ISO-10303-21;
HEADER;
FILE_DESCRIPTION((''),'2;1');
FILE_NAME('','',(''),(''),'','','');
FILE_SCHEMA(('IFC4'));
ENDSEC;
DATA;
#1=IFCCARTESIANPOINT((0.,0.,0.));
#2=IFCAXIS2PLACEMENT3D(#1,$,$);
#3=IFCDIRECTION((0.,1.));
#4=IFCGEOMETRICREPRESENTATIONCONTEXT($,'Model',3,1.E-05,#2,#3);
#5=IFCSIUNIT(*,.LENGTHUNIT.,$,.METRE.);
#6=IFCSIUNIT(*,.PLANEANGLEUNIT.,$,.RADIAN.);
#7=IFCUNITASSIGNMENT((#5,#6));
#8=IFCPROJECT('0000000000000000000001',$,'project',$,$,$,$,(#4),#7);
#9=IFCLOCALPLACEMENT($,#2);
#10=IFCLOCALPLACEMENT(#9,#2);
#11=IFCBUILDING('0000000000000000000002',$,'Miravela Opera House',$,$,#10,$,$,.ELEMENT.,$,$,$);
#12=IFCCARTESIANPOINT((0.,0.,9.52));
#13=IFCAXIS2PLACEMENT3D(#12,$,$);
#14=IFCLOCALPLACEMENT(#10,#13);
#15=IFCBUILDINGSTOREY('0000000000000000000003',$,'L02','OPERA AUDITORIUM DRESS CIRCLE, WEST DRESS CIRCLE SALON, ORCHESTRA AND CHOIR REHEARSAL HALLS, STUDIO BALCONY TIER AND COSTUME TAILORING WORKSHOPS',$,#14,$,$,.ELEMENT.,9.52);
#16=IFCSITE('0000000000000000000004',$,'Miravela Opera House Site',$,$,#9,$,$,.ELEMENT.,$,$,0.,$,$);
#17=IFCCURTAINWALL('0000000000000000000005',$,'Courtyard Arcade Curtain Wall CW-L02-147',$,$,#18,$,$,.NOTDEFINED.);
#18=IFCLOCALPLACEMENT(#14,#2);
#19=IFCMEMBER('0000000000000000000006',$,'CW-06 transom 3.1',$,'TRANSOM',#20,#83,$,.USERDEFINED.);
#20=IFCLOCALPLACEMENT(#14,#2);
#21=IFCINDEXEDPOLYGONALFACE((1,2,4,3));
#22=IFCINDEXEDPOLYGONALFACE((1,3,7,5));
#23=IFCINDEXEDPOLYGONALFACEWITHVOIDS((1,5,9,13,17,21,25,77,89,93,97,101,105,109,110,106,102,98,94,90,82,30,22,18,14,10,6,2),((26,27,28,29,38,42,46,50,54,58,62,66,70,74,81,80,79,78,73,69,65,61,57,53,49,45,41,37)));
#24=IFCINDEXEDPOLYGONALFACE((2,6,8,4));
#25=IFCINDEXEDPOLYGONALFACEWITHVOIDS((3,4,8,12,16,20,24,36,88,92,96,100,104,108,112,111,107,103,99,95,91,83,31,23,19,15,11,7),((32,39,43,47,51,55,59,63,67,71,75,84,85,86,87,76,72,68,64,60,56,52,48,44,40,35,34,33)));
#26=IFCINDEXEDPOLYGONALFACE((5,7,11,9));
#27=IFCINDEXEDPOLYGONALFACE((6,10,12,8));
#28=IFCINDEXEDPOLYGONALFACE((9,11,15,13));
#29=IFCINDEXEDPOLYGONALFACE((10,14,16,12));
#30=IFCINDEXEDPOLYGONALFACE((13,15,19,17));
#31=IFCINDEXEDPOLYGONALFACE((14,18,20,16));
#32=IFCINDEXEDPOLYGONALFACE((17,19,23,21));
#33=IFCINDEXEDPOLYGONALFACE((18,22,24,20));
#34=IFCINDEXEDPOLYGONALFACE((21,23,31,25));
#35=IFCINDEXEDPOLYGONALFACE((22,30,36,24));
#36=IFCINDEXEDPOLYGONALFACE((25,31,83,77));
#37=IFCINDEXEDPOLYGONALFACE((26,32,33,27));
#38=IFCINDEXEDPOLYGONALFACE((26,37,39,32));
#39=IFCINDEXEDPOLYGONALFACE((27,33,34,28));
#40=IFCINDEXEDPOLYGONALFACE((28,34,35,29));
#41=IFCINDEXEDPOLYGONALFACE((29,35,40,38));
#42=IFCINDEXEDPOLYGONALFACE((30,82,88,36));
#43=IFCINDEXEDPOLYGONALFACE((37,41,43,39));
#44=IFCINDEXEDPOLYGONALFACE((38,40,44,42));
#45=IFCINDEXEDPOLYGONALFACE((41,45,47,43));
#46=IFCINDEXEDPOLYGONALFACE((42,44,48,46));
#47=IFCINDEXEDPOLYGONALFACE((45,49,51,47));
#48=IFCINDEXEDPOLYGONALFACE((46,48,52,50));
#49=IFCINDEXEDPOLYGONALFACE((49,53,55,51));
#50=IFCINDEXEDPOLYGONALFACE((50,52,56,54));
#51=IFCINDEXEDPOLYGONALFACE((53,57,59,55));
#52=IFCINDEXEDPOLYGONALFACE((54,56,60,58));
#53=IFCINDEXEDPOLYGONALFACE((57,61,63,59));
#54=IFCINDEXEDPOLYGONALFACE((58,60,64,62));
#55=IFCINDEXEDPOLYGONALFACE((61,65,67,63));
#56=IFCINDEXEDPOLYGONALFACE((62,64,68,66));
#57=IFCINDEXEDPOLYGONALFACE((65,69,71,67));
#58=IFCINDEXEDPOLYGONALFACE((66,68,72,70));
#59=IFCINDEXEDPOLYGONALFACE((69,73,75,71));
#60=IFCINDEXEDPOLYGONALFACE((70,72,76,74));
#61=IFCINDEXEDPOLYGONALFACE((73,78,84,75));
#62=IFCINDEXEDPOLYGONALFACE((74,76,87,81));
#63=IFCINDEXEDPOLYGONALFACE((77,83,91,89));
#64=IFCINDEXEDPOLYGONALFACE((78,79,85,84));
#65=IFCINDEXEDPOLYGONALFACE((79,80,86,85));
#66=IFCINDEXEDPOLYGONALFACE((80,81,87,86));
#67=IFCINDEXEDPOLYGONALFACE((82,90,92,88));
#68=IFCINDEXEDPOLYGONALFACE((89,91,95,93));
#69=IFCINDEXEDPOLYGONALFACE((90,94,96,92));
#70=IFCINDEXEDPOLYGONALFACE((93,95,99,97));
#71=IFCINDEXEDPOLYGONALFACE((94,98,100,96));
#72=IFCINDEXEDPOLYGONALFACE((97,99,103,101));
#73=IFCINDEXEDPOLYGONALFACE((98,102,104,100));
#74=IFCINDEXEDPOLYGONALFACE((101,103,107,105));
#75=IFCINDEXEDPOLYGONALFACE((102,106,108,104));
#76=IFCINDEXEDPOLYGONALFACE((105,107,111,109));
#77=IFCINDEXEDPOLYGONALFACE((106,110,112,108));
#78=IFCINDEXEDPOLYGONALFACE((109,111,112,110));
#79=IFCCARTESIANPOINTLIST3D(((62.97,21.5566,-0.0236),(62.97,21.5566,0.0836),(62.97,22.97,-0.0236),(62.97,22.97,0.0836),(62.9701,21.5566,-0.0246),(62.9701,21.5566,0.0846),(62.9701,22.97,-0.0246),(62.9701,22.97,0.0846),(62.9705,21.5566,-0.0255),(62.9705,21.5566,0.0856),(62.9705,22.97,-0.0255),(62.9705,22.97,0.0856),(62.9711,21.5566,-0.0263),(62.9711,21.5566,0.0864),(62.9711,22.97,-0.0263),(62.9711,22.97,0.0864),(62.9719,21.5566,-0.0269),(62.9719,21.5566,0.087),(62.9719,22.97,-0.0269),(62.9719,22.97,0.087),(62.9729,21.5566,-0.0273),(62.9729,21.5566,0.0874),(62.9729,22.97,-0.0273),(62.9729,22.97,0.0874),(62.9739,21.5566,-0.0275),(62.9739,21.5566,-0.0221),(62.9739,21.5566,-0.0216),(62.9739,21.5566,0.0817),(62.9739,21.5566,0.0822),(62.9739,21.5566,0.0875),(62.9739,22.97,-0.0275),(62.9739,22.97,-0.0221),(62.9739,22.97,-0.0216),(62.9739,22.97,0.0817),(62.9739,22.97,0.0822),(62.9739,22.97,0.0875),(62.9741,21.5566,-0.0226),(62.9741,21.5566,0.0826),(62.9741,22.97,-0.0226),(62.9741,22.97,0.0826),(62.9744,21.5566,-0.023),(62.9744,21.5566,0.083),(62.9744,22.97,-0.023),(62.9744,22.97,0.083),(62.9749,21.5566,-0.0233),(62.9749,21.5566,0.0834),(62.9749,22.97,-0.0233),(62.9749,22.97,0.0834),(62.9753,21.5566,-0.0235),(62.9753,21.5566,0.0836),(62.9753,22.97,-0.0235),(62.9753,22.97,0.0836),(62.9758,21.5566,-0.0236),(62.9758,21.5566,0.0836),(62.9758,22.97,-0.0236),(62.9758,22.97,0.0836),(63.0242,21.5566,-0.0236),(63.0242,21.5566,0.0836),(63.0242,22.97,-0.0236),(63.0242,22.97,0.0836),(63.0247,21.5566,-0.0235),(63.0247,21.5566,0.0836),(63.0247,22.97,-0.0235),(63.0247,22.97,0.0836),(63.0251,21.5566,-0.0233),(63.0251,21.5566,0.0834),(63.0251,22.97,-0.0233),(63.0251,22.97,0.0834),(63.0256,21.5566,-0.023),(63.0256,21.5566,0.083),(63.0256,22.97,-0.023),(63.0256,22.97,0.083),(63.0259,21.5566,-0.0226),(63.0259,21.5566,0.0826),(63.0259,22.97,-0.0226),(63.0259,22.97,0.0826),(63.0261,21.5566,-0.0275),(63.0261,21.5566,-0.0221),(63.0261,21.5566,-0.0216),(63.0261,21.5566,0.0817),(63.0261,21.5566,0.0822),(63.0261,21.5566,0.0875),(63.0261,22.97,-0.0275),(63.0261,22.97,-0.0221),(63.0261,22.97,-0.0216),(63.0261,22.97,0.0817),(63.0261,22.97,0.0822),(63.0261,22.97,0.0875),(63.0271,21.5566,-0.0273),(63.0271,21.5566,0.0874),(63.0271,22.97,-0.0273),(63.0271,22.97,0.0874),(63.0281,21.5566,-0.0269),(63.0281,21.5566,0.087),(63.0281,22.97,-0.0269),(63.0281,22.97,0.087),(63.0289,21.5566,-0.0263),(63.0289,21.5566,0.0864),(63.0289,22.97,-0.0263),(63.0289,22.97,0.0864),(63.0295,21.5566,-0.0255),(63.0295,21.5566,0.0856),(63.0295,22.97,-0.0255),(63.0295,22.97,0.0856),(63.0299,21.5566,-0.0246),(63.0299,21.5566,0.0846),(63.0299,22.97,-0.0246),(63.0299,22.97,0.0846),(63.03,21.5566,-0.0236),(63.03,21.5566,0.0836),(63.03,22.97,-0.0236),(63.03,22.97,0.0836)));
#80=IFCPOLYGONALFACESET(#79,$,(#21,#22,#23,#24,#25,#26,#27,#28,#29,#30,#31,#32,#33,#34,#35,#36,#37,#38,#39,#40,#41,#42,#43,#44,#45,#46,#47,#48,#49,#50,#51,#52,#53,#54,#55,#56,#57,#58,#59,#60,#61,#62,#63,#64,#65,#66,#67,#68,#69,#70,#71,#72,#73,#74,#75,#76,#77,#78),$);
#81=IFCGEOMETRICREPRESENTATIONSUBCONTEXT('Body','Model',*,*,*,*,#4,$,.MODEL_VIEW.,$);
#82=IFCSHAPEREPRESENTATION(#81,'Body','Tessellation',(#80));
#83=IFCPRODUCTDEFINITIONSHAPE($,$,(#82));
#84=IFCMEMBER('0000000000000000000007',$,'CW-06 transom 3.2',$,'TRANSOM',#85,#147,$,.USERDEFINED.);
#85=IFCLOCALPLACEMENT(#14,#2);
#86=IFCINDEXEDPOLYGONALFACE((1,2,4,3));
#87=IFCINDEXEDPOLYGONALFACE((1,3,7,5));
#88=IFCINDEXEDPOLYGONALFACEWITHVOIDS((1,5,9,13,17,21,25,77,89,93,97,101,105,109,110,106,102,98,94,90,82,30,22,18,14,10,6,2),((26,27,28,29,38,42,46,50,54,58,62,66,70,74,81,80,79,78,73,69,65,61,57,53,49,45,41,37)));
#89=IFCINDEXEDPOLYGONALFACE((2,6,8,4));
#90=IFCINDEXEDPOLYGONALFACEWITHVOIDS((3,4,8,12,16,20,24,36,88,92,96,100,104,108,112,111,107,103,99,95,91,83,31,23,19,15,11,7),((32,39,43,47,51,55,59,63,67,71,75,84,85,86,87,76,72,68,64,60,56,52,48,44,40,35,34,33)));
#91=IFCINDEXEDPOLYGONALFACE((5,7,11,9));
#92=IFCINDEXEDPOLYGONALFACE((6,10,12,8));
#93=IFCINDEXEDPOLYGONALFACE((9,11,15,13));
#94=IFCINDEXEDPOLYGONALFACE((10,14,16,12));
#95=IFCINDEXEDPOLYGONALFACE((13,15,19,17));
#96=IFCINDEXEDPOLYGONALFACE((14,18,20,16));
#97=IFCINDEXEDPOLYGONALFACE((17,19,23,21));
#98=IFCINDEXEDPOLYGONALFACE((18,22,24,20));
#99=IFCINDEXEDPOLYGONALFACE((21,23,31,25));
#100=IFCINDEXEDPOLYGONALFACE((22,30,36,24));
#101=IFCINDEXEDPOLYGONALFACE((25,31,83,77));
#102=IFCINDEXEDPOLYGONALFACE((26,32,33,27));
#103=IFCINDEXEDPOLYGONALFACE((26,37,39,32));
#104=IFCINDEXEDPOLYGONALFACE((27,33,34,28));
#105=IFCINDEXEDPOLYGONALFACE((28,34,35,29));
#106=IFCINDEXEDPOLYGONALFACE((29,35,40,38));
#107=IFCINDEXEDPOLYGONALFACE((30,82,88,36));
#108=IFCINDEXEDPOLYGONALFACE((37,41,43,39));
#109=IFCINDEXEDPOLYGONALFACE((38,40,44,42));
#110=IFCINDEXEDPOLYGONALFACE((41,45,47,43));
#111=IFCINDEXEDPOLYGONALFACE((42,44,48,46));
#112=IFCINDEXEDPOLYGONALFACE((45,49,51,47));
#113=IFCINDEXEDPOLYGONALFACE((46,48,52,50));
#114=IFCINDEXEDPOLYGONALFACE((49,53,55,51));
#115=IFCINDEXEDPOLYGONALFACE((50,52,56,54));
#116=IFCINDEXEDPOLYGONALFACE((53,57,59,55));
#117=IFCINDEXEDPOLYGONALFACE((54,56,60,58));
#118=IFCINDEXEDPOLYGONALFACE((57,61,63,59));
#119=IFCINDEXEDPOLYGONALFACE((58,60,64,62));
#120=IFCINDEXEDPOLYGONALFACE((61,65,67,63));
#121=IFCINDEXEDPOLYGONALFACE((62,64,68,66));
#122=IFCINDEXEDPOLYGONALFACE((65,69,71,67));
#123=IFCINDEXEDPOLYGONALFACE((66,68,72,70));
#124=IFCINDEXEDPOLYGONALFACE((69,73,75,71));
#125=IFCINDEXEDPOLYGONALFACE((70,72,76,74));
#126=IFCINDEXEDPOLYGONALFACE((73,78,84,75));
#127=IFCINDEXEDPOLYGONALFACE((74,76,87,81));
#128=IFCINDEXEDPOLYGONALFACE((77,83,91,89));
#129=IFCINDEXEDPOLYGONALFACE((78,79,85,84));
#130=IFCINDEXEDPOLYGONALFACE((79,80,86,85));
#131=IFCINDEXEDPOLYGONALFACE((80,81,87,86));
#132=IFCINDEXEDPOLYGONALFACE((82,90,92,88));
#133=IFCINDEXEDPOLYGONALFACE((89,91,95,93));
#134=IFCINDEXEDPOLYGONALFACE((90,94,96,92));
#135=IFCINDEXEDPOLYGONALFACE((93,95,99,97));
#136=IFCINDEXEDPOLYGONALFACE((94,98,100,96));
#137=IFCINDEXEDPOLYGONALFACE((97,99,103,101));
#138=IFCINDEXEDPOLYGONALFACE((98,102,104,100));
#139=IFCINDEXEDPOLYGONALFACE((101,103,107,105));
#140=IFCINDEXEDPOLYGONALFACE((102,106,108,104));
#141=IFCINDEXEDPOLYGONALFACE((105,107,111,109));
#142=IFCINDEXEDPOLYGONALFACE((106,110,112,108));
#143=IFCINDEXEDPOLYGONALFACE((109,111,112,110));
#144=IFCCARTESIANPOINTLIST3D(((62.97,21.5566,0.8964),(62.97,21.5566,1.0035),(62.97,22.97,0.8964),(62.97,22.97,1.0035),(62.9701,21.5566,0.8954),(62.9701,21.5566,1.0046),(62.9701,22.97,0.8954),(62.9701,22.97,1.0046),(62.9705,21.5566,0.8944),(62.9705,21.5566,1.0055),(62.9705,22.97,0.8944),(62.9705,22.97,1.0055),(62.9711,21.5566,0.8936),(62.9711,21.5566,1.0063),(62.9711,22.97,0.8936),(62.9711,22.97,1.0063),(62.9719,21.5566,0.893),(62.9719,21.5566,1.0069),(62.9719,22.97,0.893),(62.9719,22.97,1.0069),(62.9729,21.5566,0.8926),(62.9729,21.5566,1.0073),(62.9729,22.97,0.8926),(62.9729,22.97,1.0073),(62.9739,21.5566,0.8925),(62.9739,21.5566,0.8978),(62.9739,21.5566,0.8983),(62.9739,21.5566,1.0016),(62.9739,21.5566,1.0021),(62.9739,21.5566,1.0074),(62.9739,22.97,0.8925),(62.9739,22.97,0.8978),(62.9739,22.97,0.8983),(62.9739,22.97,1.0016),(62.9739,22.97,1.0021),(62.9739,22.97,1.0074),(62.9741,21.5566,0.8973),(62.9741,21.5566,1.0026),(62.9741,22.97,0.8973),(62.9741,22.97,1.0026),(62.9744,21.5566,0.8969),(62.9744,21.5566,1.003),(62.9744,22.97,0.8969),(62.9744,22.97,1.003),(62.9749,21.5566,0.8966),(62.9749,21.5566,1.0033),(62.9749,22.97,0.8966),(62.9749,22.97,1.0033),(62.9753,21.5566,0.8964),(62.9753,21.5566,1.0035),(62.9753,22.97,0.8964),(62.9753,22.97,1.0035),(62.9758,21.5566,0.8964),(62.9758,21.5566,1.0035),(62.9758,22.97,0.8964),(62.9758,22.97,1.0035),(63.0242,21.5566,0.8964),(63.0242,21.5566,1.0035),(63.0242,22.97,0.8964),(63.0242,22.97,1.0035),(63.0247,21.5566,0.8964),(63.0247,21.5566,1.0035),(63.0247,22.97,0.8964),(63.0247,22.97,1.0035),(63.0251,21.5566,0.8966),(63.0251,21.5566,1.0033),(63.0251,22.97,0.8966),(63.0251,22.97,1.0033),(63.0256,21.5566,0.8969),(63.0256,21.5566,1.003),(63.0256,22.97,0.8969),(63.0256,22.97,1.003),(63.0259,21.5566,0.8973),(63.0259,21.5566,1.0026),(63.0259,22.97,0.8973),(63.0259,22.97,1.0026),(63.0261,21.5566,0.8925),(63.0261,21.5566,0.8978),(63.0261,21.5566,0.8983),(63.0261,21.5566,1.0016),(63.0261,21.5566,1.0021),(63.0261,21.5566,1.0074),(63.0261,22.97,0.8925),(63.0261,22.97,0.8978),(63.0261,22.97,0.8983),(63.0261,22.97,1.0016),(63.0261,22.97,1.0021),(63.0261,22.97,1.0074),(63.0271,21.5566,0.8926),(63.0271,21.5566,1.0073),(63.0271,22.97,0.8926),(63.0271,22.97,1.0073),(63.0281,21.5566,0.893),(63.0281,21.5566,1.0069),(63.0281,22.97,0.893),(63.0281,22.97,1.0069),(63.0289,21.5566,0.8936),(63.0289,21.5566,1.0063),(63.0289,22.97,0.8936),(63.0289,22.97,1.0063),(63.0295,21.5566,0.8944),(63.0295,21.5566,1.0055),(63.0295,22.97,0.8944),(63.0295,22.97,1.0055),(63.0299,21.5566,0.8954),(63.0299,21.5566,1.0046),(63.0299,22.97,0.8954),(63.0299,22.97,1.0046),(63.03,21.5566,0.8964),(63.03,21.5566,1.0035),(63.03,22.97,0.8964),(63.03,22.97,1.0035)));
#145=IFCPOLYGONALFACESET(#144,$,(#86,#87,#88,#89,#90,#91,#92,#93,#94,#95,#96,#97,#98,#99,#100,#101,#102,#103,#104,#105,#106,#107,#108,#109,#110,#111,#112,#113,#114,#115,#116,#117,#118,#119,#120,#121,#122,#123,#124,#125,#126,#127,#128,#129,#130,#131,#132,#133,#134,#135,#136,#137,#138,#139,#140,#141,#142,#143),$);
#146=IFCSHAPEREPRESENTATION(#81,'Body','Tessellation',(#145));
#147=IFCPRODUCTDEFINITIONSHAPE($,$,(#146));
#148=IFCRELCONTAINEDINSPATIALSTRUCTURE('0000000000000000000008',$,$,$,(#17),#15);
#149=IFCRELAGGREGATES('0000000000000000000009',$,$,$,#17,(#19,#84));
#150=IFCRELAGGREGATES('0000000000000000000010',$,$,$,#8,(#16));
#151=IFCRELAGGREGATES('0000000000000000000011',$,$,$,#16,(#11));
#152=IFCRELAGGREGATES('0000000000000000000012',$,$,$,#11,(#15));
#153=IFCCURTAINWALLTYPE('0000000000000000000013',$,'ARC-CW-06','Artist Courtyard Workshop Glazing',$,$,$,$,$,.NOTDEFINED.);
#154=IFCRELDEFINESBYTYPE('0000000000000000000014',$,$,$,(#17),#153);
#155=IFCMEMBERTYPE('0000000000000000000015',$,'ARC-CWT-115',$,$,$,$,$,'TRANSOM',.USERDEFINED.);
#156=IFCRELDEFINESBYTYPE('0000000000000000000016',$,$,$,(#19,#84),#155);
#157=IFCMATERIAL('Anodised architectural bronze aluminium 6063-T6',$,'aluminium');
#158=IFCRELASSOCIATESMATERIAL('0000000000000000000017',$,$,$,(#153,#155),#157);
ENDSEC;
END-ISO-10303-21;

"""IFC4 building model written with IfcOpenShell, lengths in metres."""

from ifc_helpers import new_model, si_unit, direction, frame, origin, origin_2d, place, context, subcontext, project, spatial, hollow_rectangle, extrude, material, material_profile, profile_set, type_object, element, aggregate, save


model = new_model("IFC4")

# Units and contexts
model_context = context("Model", 3, precision=1e-05, world=origin(), true_north=direction((0.0, 1.0)))
body_context = subcontext(model_context, "Body", "Model", "MODEL_VIEW")
ifc_project = project(units=[si_unit("LENGTHUNIT", "METRE"), si_unit("PLANEANGLEUNIT", "RADIAN")], contexts=[model_context])

# Site, building, storey
site_placement = place(None, origin())
site = spatial("IfcSite", under=ifc_project, at=site_placement, Name="Miravela Opera House Site", CompositionType="ELEMENT", RefElevation=0.0)
building_placement = place(site_placement, origin())
building = spatial("IfcBuilding", under=site, at=building_placement, Name="Miravela Opera House", CompositionType="ELEMENT")
storey_placement = place(building_placement, frame((0.0, 0.0, 9.52)))
storey = spatial("IfcBuildingStorey", under=building, at=storey_placement, Name="L02", Description="OPERA AUDITORIUM DRESS CIRCLE, WEST DRESS CIRCLE SALON, ORCHESTRA AND CHOIR REHEARSAL HALLS, STUDIO BALCONY TIER AND COSTUME TAILORING WORKSHOPS", CompositionType="ELEMENT", Elevation=9.52)

# Curtain wall, members
ifc_material_1 = material(Name="Anodised architectural bronze aluminium 6063-T6", Category="aluminium")
curtain_wall_type = type_object("IfcCurtainWallType", Name="ARC-CW-06", Description="Artist Courtyard Workshop Glazing", PredefinedType="NOTDEFINED", material=ifc_material_1)
curtain_wall_placement = place(storey_placement, origin())
curtain_wall = element("IfcCurtainWall", 1, at=curtain_wall_placement, inside=storey, type_object=curtain_wall_type, Name="Courtyard Arcade Curtain Wall CW-L02-147", PredefinedType="NOTDEFINED")
ifc_material_profile_1 = material_profile(ifc_material_1, hollow_rectangle(XDim=0.0601, YDim=0.115, WallThickness=0.0039, InnerFilletRadius=0.002, OuterFilletRadius=0.0039, at=origin_2d()), Name="CWT-60X115")
ifc_profile_set_1 = profile_set([ifc_material_profile_1])
member_type_1 = type_object("IfcMemberType", Name="ARC-CWT-115", ElementType="TRANSOM", PredefinedType="USERDEFINED", material=ifc_profile_set_1)
member_1_placement = place(storey_placement, frame((63.0, 21.5566, 0.03), z_axis=(0.0, 1.0, 0.0), x_axis=(-1.0, 0.0, 0.0)))
member_1 = element("IfcMember", 2, at=member_1_placement, type_object=member_type_1, Name="CW-06 transom 3.1", ObjectType="TRANSOM", PredefinedType="USERDEFINED", context=body_context, shape_type="SweptSolid", body=[
    extrude(hollow_rectangle(XDim=0.0601, YDim=0.115, WallThickness=0.0039, InnerFilletRadius=0.002, OuterFilletRadius=0.0039, at=origin_2d()), origin(), (0.0, 0.0, 1.0), 1.4133),
])
member_2_placement = place(storey_placement, frame((63.0, 21.5566, 0.95), z_axis=(0.0, 1.0, 0.0), x_axis=(-1.0, 0.0, 0.0)))
member_2 = element("IfcMember", 3, at=member_2_placement, type_object=member_type_1, Name="CW-06 transom 3.2", ObjectType="TRANSOM", PredefinedType="USERDEFINED", context=body_context, shape_type="SweptSolid", body=[
    extrude(hollow_rectangle(XDim=0.0601, YDim=0.115, WallThickness=0.0039, InnerFilletRadius=0.002, OuterFilletRadius=0.0039, at=origin_2d()), origin(), (0.0, 0.0, 1.0), 1.4133),
])

aggregate(curtain_wall, [member_1, member_2])

save(model, "model.ifc")
